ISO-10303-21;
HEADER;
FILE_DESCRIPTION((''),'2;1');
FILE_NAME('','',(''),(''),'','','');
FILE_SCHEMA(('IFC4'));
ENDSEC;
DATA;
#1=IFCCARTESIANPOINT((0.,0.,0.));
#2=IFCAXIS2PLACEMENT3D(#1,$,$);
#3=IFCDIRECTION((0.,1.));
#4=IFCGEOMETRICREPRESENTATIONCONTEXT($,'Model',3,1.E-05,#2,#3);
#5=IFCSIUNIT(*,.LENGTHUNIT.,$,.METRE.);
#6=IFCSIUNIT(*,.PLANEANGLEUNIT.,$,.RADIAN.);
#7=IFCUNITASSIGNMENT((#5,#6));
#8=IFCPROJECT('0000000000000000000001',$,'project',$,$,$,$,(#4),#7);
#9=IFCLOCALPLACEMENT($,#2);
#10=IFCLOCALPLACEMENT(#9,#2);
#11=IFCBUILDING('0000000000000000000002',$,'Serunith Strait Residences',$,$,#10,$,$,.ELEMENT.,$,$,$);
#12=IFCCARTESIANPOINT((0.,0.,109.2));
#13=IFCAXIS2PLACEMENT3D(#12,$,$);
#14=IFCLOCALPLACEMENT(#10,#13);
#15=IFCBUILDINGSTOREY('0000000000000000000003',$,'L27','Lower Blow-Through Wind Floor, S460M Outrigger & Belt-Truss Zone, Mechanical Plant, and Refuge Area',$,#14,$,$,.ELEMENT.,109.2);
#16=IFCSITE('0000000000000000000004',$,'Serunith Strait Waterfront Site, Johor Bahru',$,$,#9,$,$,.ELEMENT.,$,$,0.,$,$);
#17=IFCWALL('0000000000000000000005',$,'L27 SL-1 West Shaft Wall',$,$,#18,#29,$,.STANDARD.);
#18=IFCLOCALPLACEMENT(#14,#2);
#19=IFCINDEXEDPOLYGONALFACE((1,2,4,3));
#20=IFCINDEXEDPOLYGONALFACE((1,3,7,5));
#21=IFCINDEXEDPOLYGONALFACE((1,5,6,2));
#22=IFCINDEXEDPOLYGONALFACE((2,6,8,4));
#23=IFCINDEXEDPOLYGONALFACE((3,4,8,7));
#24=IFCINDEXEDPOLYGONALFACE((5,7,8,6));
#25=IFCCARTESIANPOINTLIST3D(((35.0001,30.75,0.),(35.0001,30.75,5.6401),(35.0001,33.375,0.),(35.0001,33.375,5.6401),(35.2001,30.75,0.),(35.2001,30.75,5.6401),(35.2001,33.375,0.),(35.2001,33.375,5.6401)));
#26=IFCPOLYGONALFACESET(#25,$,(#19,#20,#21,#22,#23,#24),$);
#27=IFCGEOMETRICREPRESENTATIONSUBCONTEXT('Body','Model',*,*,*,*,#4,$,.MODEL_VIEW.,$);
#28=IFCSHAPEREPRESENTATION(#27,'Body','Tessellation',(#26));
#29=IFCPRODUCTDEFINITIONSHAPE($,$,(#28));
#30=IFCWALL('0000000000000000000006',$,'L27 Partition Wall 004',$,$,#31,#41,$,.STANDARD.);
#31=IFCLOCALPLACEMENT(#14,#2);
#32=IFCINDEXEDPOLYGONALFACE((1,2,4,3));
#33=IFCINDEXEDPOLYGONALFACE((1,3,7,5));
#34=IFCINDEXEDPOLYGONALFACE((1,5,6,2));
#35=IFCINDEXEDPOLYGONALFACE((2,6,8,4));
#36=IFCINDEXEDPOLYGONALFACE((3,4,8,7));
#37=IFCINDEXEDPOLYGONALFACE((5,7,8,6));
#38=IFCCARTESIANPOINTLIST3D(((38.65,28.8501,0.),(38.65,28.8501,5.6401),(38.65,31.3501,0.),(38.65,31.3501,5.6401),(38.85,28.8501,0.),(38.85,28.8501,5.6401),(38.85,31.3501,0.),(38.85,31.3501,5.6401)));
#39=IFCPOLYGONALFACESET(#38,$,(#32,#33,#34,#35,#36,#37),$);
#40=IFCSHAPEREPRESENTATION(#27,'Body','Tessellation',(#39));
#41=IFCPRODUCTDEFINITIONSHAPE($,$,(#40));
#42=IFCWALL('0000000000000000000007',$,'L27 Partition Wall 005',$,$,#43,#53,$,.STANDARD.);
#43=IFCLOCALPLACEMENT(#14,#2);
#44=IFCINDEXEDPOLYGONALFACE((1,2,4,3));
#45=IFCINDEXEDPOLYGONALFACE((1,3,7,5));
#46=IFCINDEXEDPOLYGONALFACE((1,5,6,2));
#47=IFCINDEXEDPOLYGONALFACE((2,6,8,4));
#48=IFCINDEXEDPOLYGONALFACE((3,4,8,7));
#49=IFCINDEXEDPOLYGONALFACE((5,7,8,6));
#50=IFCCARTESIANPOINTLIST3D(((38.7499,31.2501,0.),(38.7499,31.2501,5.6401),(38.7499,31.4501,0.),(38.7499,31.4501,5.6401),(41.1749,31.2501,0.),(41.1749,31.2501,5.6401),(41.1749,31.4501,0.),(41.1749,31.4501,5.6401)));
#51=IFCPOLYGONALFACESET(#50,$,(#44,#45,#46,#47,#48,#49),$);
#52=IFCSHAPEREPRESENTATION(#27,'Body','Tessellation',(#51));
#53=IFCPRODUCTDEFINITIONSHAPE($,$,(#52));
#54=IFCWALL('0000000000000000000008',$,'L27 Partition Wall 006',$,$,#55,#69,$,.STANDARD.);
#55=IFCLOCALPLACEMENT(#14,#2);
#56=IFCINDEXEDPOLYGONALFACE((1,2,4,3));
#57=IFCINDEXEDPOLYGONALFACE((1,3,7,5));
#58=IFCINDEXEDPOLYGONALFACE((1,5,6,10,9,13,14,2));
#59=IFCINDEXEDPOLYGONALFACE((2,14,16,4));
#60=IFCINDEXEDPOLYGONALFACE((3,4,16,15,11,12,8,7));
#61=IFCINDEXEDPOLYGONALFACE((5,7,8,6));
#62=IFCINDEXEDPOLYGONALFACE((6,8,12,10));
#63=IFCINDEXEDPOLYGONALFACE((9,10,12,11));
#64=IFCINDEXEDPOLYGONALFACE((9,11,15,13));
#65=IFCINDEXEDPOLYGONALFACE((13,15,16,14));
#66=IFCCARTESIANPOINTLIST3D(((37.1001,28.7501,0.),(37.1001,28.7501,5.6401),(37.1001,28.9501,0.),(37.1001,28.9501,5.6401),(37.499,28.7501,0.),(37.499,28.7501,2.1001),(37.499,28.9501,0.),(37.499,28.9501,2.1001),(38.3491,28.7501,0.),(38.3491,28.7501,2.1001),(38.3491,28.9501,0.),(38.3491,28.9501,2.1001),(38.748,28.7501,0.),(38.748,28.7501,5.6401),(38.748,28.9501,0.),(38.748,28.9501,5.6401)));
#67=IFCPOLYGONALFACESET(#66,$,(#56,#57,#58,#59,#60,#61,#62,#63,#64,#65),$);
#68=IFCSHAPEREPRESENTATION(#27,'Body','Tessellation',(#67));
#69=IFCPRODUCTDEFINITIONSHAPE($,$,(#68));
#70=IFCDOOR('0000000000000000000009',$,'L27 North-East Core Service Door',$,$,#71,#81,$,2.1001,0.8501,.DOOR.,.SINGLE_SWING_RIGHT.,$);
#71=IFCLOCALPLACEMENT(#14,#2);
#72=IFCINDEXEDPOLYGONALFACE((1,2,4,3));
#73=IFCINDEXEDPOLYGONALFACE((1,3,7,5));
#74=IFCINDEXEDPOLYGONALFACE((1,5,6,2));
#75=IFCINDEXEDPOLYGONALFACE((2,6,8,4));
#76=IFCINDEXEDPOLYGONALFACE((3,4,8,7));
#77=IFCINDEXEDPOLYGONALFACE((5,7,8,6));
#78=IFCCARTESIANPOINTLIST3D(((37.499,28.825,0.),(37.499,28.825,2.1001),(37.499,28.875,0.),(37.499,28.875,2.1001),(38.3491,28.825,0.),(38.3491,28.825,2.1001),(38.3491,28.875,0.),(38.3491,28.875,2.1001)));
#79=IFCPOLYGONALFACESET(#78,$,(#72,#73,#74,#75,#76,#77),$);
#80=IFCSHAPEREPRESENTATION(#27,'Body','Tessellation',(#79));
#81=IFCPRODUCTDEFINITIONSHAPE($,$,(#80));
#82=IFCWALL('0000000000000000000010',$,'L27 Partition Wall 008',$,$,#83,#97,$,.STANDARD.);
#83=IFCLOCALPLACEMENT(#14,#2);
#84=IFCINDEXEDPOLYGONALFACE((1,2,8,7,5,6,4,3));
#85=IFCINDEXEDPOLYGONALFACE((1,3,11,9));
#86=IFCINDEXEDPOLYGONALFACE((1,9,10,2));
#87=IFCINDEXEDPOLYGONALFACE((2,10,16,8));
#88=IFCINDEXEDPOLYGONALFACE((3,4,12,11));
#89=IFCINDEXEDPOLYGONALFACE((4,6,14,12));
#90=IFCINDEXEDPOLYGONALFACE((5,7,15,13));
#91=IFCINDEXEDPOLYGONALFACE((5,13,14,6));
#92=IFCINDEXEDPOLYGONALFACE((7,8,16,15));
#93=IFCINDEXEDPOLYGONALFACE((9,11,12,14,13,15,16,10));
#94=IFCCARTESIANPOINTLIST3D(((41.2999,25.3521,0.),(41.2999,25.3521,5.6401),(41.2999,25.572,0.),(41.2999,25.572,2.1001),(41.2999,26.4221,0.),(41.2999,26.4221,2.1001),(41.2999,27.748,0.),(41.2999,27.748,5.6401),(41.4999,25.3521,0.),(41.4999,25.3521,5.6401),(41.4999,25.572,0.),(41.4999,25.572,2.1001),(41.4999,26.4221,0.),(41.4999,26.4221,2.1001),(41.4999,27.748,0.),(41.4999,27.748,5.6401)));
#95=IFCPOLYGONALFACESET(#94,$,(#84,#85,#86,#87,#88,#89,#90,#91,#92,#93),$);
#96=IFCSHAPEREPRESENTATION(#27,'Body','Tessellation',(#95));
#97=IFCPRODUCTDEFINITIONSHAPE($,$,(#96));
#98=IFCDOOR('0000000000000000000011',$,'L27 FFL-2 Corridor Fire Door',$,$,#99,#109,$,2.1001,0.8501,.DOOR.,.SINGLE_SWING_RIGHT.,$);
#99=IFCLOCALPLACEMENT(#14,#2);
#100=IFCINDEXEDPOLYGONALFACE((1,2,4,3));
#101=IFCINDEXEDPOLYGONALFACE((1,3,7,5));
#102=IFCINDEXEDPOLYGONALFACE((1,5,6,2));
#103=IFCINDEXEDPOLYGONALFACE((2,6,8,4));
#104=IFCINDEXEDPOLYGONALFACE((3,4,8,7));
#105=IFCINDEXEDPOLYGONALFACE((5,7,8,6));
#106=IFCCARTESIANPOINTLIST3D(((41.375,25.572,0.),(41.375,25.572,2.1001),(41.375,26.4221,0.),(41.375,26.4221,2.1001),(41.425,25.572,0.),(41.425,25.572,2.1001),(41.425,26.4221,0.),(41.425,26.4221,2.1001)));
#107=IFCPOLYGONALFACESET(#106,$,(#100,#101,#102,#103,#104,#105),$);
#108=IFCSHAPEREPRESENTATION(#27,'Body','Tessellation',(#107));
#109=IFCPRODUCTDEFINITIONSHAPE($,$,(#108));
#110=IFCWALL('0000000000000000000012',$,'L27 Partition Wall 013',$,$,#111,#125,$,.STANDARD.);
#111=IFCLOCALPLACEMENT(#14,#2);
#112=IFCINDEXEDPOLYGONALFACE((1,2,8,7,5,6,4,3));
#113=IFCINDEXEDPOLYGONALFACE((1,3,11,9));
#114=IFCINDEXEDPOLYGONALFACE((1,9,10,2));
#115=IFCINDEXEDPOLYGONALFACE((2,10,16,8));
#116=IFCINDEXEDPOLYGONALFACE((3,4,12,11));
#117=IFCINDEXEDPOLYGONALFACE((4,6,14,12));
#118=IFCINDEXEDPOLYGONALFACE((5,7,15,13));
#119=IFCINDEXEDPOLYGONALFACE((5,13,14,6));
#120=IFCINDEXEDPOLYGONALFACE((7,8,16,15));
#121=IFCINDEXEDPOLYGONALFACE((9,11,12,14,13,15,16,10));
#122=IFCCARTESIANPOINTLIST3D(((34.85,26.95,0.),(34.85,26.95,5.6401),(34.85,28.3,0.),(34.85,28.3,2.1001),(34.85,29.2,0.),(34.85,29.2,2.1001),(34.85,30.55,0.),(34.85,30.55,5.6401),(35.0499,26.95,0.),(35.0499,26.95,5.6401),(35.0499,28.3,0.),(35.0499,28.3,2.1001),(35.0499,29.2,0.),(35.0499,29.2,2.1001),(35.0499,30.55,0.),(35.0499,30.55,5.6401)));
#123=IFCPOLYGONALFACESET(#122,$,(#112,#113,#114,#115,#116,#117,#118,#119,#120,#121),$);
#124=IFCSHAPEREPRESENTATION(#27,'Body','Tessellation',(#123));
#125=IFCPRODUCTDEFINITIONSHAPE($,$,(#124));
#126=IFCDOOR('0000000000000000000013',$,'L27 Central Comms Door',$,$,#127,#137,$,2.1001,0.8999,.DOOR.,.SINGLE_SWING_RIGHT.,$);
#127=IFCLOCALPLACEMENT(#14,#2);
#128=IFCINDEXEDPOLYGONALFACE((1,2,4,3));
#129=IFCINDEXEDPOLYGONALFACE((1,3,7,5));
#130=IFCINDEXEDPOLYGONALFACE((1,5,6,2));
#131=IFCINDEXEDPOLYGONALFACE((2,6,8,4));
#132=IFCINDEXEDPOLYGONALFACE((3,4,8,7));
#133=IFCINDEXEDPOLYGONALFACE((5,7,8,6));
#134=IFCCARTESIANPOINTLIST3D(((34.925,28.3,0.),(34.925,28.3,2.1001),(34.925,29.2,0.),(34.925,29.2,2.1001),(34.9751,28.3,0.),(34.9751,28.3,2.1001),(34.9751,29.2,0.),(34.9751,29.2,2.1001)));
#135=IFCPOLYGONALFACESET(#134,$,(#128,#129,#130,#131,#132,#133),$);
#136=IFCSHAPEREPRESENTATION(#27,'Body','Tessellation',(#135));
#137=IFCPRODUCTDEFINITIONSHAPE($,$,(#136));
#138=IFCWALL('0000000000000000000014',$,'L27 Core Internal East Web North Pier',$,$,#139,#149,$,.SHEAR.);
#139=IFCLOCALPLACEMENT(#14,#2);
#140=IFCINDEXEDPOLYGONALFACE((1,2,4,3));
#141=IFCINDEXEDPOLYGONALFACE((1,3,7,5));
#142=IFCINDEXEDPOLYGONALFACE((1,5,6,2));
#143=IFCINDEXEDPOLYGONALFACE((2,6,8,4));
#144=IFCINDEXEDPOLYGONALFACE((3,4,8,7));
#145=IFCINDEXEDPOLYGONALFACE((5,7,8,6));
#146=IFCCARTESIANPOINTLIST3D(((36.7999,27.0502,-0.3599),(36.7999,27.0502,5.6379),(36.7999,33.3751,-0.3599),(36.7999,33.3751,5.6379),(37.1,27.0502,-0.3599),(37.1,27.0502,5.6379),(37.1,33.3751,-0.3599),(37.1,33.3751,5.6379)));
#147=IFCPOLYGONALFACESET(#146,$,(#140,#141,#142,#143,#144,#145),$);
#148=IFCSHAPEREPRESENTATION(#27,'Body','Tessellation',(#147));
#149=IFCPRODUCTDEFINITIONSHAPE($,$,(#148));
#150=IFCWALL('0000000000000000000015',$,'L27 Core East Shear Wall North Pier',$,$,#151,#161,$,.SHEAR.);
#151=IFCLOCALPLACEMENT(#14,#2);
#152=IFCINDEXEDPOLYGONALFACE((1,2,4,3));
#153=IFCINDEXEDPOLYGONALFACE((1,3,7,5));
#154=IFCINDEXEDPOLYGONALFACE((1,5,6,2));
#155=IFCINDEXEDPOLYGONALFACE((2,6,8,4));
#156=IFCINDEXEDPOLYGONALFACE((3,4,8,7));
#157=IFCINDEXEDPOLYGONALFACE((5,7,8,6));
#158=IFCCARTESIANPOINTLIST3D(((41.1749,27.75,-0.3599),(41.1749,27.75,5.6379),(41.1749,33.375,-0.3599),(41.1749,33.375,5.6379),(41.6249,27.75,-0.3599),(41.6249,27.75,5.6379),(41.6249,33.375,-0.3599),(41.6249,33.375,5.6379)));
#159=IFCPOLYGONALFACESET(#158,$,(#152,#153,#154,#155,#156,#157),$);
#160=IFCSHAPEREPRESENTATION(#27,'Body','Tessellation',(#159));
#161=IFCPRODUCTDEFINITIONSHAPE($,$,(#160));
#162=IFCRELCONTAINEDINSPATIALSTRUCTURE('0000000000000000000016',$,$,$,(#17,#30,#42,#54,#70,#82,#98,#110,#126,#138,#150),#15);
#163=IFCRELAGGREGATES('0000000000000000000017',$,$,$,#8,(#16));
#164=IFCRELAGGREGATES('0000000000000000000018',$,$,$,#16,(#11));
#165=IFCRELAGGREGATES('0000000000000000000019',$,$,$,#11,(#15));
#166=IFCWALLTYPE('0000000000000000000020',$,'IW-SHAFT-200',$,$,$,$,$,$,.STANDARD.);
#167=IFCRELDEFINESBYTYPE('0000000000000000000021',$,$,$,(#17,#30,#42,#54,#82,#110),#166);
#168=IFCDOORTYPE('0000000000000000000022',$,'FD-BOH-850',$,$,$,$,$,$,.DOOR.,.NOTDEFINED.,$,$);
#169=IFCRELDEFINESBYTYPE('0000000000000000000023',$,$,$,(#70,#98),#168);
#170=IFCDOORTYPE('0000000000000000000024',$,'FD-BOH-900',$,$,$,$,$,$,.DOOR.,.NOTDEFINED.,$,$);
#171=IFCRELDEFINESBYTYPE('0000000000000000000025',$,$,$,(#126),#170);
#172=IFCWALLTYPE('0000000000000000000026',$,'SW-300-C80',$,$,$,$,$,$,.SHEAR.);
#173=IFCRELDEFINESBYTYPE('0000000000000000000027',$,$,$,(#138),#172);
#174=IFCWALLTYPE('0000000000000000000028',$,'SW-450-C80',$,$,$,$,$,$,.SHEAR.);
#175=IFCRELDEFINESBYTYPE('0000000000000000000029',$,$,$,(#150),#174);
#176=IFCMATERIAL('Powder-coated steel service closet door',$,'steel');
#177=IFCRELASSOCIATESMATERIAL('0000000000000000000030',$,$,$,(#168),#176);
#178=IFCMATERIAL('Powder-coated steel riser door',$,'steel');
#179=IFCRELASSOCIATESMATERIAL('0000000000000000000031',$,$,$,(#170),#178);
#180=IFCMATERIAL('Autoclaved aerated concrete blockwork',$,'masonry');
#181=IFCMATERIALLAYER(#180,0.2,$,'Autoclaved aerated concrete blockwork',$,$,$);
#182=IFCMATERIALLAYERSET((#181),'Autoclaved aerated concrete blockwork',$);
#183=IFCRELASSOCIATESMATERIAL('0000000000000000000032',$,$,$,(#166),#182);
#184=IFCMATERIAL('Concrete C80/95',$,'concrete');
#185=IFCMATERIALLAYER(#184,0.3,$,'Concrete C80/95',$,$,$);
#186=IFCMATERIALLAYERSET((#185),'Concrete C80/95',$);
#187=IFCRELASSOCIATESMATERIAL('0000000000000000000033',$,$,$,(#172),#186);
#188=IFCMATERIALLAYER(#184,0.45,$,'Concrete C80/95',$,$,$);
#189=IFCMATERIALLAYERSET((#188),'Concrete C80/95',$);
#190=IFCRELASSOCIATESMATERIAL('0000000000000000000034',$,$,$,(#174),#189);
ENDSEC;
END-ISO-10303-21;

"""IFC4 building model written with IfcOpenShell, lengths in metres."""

from ifc_helpers import new_model, si_unit, direction, frame, frame_2d, origin, place, context, subcontext, project, spatial, rectangle, extrude, source, transform, mapped, material, layer, layer_set, type_object, element, fill, save


model = new_model("IFC4")

# Units and contexts
model_context = context("Model", 3, precision=1e-05, world=origin(), true_north=direction((0.0, 1.0)))
body_context = subcontext(model_context, "Body", "Model", "MODEL_VIEW")
ifc_project = project(units=[si_unit("LENGTHUNIT", "METRE"), si_unit("PLANEANGLEUNIT", "RADIAN")], contexts=[model_context])

# Site, building, storey
site_placement = place(None, origin())
site = spatial("IfcSite", under=ifc_project, at=site_placement, Name="Serunith Strait Waterfront Site, Johor Bahru", CompositionType="ELEMENT", RefElevation=0.0)
building_placement = place(site_placement, origin())
building = spatial("IfcBuilding", under=site, at=building_placement, Name="Serunith Strait Residences", CompositionType="ELEMENT")
storey_placement = place(building_placement, frame((0.0, 0.0, 109.2)))
storey = spatial("IfcBuildingStorey", under=building, at=storey_placement, Name="L27", Description="Lower Blow-Through Wind Floor, S460M Outrigger & Belt-Truss Zone, Mechanical Plant, and Refuge Area", CompositionType="ELEMENT", Elevation=109.2)

# Shared definitions
ifc_material_1 = material(Name="Powder-coated steel service closet door", Category="steel")
door_type_1 = type_object("IfcDoorType", Name="FD-BOH-850", OperationType="NOTDEFINED", PredefinedType="DOOR", material=ifc_material_1)
shared_shape_1 = source(origin(), body_context, "Body", "SweptSolid", [
    extrude(rectangle(XDim=0.8501, YDim=2.1001, at=frame_2d((0.425, 1.05))), frame((0.0, 0.0249, 0.0), z_axis=(0.0, -1.0, 0.0), x_axis=(1.0, 0.0, 0.0)), (0.0, 0.0, 1.0), 0.05),
])
ifc_material_2 = material(Name="Powder-coated steel riser door", Category="steel")
door_type_2 = type_object("IfcDoorType", Name="FD-BOH-900", OperationType="NOTDEFINED", PredefinedType="DOOR", material=ifc_material_2)
shared_shape_2 = source(origin(), body_context, "Body", "SweptSolid", [
    extrude(rectangle(XDim=0.8999, YDim=2.1001, at=frame_2d((0.45, 1.05))), frame((0.0, 0.0249, 0.0), z_axis=(0.0, -1.0, 0.0), x_axis=(1.0, 0.0, 0.0)), (0.0, 0.0, 1.0), 0.05),
])
ifc_material_3 = material(Name="Autoclaved aerated concrete blockwork", Category="masonry")
ifc_layer_1 = layer(ifc_material_3, 0.2, Name="Autoclaved aerated concrete blockwork")
ifc_layer_set_1 = layer_set([ifc_layer_1], Name="Autoclaved aerated concrete blockwork")
wall_type_1 = type_object("IfcWallType", Name="IW-SHAFT-200", PredefinedType="STANDARD", material=ifc_layer_set_1)

# Walls
wall_1_placement = place(storey_placement, frame((35.1001, 30.75, 0.0), z_axis=(0.0, 0.0, 1.0), x_axis=(0.0, 1.0, 0.0)))
element("IfcWall", 1, at=wall_1_placement, inside=storey, type_object=wall_type_1, Name="L27 SL-1 West Shaft Wall", PredefinedType="STANDARD", context=body_context, shape_type="SweptSolid", body=[
    extrude(rectangle(XDim=2.625, YDim=0.2, at=frame_2d((1.3125, 0.0))), origin(), (0.0, 0.0, 1.0), 5.6401),
])
wall_2_placement = place(storey_placement, frame((38.75, 28.8501, 0.0), z_axis=(0.0, 0.0, 1.0), x_axis=(0.0, 1.0, 0.0)))
element("IfcWall", 2, at=wall_2_placement, inside=storey, type_object=wall_type_1, Name="L27 Partition Wall 004", PredefinedType="STANDARD", context=body_context, shape_type="SweptSolid", body=[
    extrude(rectangle(XDim=2.5, YDim=0.2, at=frame_2d((1.25, 0.0))), origin(), (0.0, 0.0, 1.0), 5.6401),
])
wall_3_placement = place(storey_placement, frame((38.75, 31.3501, 0.0), z_axis=(0.0, 0.0, 1.0), x_axis=(1.0, 0.0, 0.0)))
element("IfcWall", 3, at=wall_3_placement, inside=storey, type_object=wall_type_1, Name="L27 Partition Wall 005", PredefinedType="STANDARD", context=body_context, shape_type="SweptSolid", body=[
    extrude(rectangle(XDim=2.425, YDim=0.2, at=frame_2d((1.2124, 0.0))), origin(), (0.0, 0.0, 1.0), 5.6401),
])

# Walls, openings, doors
wall_4_placement = place(storey_placement, frame((37.1001, 28.8501, 0.0), z_axis=(0.0, 0.0, 1.0), x_axis=(1.0, 0.0, 0.0)))
wall_4 = element("IfcWall", 4, at=wall_4_placement, inside=storey, type_object=wall_type_1, Name="L27 Partition Wall 006", PredefinedType="STANDARD", context=body_context, shape_type="SweptSolid", body=[
    extrude(rectangle(XDim=1.6479, YDim=0.2, at=frame_2d((0.824, 0.0))), origin(), (0.0, 0.0, 1.0), 5.6401),
])
opening_1_placement = place(wall_4_placement, frame((0.3989, 0.0, 0.0)))
opening_1 = element("IfcOpeningElement", 5, at=opening_1_placement, cuts=wall_4, PredefinedType="OPENING", context=body_context, shape_type="SweptSolid", body=[
    extrude(rectangle(XDim=0.8501, YDim=2.1001, at=frame_2d((0.425, 1.05))), frame((0.0, 0.1099, 0.0), z_axis=(0.0, -1.0, 0.0), x_axis=(1.0, 0.0, 0.0)), (0.0, 0.0, 1.0), 0.22),
])
door_1_placement = place(opening_1_placement, origin())
door_1 = element("IfcDoor", 6, at=door_1_placement, inside=storey, type_object=door_type_1, Name="L27 North-East Core Service Door", OperationType="SINGLE_SWING_RIGHT", OverallHeight=2.1001, OverallWidth=0.8501, PredefinedType="DOOR", context=body_context, shape_type="MappedRepresentation", body=[
    mapped(shared_shape_1, transform((0.0, 0.0, 0.0), scale=1.0)),
])
fill(opening_1, door_1)
wall_5_placement = place(storey_placement, frame((41.3999, 25.3521, 0.0), z_axis=(0.0, 0.0, 1.0), x_axis=(0.0, 1.0, 0.0)))
wall_5 = element("IfcWall", 7, at=wall_5_placement, inside=storey, type_object=wall_type_1, Name="L27 Partition Wall 008", PredefinedType="STANDARD", context=body_context, shape_type="SweptSolid", body=[
    extrude(rectangle(XDim=2.396, YDim=0.2, at=frame_2d((1.198, 0.0))), origin(), (0.0, 0.0, 1.0), 5.6401),
])
opening_2_placement = place(wall_5_placement, frame((0.22, 0.0, 0.0)))
opening_2 = element("IfcOpeningElement", 8, at=opening_2_placement, cuts=wall_5, PredefinedType="OPENING", context=body_context, shape_type="SweptSolid", body=[
    extrude(rectangle(XDim=0.8501, YDim=2.1001, at=frame_2d((0.425, 1.05))), frame((0.0, 0.1099, 0.0), z_axis=(0.0, -1.0, 0.0), x_axis=(1.0, 0.0, 0.0)), (0.0, 0.0, 1.0), 0.22),
])
door_2_placement = place(opening_2_placement, origin())
door_2 = element("IfcDoor", 9, at=door_2_placement, inside=storey, type_object=door_type_1, Name="L27 FFL-2 Corridor Fire Door", OperationType="SINGLE_SWING_RIGHT", OverallHeight=2.1001, OverallWidth=0.8501, PredefinedType="DOOR", context=body_context, shape_type="MappedRepresentation", body=[
    mapped(shared_shape_1, transform((0.0, 0.0, 0.0), scale=1.0)),
])
fill(opening_2, door_2)
wall_6_placement = place(storey_placement, frame((34.95, 26.95, 0.0), z_axis=(0.0, 0.0, 1.0), x_axis=(0.0, 1.0, 0.0)))
wall_6 = element("IfcWall", 10, at=wall_6_placement, inside=storey, type_object=wall_type_1, Name="L27 Partition Wall 013", PredefinedType="STANDARD", context=body_context, shape_type="SweptSolid", body=[
    extrude(rectangle(XDim=3.6001, YDim=0.2, at=frame_2d((1.8, 0.0))), origin(), (0.0, 0.0, 1.0), 5.6401),
])
opening_3_placement = place(wall_6_placement, frame((1.3501, 0.0, 0.0)))
opening_3 = element("IfcOpeningElement", 11, at=opening_3_placement, cuts=wall_6, PredefinedType="OPENING", context=body_context, shape_type="SweptSolid", body=[
    extrude(rectangle(XDim=0.8999, YDim=2.1001, at=frame_2d((0.45, 1.05))), frame((0.0, 0.1099, 0.0), z_axis=(0.0, -1.0, 0.0), x_axis=(1.0, 0.0, 0.0)), (0.0, 0.0, 1.0), 0.22),
])
door_3_placement = place(opening_3_placement, origin())
door_3 = element("IfcDoor", 12, at=door_3_placement, inside=storey, type_object=door_type_2, Name="L27 Central Comms Door", OperationType="SINGLE_SWING_RIGHT", OverallHeight=2.1001, OverallWidth=0.8999, PredefinedType="DOOR", context=body_context, shape_type="MappedRepresentation", body=[
    mapped(shared_shape_2, transform((0.0, 0.0, 0.0), scale=1.0)),
])
fill(opening_3, door_3)

# Walls
ifc_material_4 = material(Name="Concrete C80/95", Category="concrete")
ifc_layer_2 = layer(ifc_material_4, 0.3, Name="Concrete C80/95")
ifc_layer_set_2 = layer_set([ifc_layer_2], Name="Concrete C80/95")
wall_type_2 = type_object("IfcWallType", Name="SW-300-C80", PredefinedType="SHEAR", material=ifc_layer_set_2)
wall_7_placement = place(storey_placement, frame((36.95, 27.05, -0.3599), z_axis=(0.0, 0.0, 1.0), x_axis=(0.0, 1.0, 0.0)))
element("IfcWall", 13, at=wall_7_placement, inside=storey, type_object=wall_type_2, Name="L27 Core Internal East Web North Pier", PredefinedType="SHEAR", context=body_context, shape_type="SweptSolid", body=[
    extrude(rectangle(XDim=6.325, YDim=0.3, at=frame_2d((3.1626, 0.0))), origin(), (0.0, 0.0, 1.0), 5.9978),
])
ifc_layer_3 = layer(ifc_material_4, 0.45, Name="Concrete C80/95")
ifc_layer_set_3 = layer_set([ifc_layer_3], Name="Concrete C80/95")
wall_type_3 = type_object("IfcWallType", Name="SW-450-C80", PredefinedType="SHEAR", material=ifc_layer_set_3)
wall_8_placement = place(storey_placement, frame((41.3999, 27.75, -0.3599), z_axis=(0.0, 0.0, 1.0), x_axis=(0.0, 1.0, 0.0)))
element("IfcWall", 14, at=wall_8_placement, inside=storey, type_object=wall_type_3, Name="L27 Core East Shear Wall North Pier", PredefinedType="SHEAR", context=body_context, shape_type="SweptSolid", body=[
    extrude(rectangle(XDim=5.625, YDim=0.45, at=frame_2d((2.8125, 0.0))), origin(), (0.0, 0.0, 1.0), 5.9978),
])

save(model, "model.ifc")
